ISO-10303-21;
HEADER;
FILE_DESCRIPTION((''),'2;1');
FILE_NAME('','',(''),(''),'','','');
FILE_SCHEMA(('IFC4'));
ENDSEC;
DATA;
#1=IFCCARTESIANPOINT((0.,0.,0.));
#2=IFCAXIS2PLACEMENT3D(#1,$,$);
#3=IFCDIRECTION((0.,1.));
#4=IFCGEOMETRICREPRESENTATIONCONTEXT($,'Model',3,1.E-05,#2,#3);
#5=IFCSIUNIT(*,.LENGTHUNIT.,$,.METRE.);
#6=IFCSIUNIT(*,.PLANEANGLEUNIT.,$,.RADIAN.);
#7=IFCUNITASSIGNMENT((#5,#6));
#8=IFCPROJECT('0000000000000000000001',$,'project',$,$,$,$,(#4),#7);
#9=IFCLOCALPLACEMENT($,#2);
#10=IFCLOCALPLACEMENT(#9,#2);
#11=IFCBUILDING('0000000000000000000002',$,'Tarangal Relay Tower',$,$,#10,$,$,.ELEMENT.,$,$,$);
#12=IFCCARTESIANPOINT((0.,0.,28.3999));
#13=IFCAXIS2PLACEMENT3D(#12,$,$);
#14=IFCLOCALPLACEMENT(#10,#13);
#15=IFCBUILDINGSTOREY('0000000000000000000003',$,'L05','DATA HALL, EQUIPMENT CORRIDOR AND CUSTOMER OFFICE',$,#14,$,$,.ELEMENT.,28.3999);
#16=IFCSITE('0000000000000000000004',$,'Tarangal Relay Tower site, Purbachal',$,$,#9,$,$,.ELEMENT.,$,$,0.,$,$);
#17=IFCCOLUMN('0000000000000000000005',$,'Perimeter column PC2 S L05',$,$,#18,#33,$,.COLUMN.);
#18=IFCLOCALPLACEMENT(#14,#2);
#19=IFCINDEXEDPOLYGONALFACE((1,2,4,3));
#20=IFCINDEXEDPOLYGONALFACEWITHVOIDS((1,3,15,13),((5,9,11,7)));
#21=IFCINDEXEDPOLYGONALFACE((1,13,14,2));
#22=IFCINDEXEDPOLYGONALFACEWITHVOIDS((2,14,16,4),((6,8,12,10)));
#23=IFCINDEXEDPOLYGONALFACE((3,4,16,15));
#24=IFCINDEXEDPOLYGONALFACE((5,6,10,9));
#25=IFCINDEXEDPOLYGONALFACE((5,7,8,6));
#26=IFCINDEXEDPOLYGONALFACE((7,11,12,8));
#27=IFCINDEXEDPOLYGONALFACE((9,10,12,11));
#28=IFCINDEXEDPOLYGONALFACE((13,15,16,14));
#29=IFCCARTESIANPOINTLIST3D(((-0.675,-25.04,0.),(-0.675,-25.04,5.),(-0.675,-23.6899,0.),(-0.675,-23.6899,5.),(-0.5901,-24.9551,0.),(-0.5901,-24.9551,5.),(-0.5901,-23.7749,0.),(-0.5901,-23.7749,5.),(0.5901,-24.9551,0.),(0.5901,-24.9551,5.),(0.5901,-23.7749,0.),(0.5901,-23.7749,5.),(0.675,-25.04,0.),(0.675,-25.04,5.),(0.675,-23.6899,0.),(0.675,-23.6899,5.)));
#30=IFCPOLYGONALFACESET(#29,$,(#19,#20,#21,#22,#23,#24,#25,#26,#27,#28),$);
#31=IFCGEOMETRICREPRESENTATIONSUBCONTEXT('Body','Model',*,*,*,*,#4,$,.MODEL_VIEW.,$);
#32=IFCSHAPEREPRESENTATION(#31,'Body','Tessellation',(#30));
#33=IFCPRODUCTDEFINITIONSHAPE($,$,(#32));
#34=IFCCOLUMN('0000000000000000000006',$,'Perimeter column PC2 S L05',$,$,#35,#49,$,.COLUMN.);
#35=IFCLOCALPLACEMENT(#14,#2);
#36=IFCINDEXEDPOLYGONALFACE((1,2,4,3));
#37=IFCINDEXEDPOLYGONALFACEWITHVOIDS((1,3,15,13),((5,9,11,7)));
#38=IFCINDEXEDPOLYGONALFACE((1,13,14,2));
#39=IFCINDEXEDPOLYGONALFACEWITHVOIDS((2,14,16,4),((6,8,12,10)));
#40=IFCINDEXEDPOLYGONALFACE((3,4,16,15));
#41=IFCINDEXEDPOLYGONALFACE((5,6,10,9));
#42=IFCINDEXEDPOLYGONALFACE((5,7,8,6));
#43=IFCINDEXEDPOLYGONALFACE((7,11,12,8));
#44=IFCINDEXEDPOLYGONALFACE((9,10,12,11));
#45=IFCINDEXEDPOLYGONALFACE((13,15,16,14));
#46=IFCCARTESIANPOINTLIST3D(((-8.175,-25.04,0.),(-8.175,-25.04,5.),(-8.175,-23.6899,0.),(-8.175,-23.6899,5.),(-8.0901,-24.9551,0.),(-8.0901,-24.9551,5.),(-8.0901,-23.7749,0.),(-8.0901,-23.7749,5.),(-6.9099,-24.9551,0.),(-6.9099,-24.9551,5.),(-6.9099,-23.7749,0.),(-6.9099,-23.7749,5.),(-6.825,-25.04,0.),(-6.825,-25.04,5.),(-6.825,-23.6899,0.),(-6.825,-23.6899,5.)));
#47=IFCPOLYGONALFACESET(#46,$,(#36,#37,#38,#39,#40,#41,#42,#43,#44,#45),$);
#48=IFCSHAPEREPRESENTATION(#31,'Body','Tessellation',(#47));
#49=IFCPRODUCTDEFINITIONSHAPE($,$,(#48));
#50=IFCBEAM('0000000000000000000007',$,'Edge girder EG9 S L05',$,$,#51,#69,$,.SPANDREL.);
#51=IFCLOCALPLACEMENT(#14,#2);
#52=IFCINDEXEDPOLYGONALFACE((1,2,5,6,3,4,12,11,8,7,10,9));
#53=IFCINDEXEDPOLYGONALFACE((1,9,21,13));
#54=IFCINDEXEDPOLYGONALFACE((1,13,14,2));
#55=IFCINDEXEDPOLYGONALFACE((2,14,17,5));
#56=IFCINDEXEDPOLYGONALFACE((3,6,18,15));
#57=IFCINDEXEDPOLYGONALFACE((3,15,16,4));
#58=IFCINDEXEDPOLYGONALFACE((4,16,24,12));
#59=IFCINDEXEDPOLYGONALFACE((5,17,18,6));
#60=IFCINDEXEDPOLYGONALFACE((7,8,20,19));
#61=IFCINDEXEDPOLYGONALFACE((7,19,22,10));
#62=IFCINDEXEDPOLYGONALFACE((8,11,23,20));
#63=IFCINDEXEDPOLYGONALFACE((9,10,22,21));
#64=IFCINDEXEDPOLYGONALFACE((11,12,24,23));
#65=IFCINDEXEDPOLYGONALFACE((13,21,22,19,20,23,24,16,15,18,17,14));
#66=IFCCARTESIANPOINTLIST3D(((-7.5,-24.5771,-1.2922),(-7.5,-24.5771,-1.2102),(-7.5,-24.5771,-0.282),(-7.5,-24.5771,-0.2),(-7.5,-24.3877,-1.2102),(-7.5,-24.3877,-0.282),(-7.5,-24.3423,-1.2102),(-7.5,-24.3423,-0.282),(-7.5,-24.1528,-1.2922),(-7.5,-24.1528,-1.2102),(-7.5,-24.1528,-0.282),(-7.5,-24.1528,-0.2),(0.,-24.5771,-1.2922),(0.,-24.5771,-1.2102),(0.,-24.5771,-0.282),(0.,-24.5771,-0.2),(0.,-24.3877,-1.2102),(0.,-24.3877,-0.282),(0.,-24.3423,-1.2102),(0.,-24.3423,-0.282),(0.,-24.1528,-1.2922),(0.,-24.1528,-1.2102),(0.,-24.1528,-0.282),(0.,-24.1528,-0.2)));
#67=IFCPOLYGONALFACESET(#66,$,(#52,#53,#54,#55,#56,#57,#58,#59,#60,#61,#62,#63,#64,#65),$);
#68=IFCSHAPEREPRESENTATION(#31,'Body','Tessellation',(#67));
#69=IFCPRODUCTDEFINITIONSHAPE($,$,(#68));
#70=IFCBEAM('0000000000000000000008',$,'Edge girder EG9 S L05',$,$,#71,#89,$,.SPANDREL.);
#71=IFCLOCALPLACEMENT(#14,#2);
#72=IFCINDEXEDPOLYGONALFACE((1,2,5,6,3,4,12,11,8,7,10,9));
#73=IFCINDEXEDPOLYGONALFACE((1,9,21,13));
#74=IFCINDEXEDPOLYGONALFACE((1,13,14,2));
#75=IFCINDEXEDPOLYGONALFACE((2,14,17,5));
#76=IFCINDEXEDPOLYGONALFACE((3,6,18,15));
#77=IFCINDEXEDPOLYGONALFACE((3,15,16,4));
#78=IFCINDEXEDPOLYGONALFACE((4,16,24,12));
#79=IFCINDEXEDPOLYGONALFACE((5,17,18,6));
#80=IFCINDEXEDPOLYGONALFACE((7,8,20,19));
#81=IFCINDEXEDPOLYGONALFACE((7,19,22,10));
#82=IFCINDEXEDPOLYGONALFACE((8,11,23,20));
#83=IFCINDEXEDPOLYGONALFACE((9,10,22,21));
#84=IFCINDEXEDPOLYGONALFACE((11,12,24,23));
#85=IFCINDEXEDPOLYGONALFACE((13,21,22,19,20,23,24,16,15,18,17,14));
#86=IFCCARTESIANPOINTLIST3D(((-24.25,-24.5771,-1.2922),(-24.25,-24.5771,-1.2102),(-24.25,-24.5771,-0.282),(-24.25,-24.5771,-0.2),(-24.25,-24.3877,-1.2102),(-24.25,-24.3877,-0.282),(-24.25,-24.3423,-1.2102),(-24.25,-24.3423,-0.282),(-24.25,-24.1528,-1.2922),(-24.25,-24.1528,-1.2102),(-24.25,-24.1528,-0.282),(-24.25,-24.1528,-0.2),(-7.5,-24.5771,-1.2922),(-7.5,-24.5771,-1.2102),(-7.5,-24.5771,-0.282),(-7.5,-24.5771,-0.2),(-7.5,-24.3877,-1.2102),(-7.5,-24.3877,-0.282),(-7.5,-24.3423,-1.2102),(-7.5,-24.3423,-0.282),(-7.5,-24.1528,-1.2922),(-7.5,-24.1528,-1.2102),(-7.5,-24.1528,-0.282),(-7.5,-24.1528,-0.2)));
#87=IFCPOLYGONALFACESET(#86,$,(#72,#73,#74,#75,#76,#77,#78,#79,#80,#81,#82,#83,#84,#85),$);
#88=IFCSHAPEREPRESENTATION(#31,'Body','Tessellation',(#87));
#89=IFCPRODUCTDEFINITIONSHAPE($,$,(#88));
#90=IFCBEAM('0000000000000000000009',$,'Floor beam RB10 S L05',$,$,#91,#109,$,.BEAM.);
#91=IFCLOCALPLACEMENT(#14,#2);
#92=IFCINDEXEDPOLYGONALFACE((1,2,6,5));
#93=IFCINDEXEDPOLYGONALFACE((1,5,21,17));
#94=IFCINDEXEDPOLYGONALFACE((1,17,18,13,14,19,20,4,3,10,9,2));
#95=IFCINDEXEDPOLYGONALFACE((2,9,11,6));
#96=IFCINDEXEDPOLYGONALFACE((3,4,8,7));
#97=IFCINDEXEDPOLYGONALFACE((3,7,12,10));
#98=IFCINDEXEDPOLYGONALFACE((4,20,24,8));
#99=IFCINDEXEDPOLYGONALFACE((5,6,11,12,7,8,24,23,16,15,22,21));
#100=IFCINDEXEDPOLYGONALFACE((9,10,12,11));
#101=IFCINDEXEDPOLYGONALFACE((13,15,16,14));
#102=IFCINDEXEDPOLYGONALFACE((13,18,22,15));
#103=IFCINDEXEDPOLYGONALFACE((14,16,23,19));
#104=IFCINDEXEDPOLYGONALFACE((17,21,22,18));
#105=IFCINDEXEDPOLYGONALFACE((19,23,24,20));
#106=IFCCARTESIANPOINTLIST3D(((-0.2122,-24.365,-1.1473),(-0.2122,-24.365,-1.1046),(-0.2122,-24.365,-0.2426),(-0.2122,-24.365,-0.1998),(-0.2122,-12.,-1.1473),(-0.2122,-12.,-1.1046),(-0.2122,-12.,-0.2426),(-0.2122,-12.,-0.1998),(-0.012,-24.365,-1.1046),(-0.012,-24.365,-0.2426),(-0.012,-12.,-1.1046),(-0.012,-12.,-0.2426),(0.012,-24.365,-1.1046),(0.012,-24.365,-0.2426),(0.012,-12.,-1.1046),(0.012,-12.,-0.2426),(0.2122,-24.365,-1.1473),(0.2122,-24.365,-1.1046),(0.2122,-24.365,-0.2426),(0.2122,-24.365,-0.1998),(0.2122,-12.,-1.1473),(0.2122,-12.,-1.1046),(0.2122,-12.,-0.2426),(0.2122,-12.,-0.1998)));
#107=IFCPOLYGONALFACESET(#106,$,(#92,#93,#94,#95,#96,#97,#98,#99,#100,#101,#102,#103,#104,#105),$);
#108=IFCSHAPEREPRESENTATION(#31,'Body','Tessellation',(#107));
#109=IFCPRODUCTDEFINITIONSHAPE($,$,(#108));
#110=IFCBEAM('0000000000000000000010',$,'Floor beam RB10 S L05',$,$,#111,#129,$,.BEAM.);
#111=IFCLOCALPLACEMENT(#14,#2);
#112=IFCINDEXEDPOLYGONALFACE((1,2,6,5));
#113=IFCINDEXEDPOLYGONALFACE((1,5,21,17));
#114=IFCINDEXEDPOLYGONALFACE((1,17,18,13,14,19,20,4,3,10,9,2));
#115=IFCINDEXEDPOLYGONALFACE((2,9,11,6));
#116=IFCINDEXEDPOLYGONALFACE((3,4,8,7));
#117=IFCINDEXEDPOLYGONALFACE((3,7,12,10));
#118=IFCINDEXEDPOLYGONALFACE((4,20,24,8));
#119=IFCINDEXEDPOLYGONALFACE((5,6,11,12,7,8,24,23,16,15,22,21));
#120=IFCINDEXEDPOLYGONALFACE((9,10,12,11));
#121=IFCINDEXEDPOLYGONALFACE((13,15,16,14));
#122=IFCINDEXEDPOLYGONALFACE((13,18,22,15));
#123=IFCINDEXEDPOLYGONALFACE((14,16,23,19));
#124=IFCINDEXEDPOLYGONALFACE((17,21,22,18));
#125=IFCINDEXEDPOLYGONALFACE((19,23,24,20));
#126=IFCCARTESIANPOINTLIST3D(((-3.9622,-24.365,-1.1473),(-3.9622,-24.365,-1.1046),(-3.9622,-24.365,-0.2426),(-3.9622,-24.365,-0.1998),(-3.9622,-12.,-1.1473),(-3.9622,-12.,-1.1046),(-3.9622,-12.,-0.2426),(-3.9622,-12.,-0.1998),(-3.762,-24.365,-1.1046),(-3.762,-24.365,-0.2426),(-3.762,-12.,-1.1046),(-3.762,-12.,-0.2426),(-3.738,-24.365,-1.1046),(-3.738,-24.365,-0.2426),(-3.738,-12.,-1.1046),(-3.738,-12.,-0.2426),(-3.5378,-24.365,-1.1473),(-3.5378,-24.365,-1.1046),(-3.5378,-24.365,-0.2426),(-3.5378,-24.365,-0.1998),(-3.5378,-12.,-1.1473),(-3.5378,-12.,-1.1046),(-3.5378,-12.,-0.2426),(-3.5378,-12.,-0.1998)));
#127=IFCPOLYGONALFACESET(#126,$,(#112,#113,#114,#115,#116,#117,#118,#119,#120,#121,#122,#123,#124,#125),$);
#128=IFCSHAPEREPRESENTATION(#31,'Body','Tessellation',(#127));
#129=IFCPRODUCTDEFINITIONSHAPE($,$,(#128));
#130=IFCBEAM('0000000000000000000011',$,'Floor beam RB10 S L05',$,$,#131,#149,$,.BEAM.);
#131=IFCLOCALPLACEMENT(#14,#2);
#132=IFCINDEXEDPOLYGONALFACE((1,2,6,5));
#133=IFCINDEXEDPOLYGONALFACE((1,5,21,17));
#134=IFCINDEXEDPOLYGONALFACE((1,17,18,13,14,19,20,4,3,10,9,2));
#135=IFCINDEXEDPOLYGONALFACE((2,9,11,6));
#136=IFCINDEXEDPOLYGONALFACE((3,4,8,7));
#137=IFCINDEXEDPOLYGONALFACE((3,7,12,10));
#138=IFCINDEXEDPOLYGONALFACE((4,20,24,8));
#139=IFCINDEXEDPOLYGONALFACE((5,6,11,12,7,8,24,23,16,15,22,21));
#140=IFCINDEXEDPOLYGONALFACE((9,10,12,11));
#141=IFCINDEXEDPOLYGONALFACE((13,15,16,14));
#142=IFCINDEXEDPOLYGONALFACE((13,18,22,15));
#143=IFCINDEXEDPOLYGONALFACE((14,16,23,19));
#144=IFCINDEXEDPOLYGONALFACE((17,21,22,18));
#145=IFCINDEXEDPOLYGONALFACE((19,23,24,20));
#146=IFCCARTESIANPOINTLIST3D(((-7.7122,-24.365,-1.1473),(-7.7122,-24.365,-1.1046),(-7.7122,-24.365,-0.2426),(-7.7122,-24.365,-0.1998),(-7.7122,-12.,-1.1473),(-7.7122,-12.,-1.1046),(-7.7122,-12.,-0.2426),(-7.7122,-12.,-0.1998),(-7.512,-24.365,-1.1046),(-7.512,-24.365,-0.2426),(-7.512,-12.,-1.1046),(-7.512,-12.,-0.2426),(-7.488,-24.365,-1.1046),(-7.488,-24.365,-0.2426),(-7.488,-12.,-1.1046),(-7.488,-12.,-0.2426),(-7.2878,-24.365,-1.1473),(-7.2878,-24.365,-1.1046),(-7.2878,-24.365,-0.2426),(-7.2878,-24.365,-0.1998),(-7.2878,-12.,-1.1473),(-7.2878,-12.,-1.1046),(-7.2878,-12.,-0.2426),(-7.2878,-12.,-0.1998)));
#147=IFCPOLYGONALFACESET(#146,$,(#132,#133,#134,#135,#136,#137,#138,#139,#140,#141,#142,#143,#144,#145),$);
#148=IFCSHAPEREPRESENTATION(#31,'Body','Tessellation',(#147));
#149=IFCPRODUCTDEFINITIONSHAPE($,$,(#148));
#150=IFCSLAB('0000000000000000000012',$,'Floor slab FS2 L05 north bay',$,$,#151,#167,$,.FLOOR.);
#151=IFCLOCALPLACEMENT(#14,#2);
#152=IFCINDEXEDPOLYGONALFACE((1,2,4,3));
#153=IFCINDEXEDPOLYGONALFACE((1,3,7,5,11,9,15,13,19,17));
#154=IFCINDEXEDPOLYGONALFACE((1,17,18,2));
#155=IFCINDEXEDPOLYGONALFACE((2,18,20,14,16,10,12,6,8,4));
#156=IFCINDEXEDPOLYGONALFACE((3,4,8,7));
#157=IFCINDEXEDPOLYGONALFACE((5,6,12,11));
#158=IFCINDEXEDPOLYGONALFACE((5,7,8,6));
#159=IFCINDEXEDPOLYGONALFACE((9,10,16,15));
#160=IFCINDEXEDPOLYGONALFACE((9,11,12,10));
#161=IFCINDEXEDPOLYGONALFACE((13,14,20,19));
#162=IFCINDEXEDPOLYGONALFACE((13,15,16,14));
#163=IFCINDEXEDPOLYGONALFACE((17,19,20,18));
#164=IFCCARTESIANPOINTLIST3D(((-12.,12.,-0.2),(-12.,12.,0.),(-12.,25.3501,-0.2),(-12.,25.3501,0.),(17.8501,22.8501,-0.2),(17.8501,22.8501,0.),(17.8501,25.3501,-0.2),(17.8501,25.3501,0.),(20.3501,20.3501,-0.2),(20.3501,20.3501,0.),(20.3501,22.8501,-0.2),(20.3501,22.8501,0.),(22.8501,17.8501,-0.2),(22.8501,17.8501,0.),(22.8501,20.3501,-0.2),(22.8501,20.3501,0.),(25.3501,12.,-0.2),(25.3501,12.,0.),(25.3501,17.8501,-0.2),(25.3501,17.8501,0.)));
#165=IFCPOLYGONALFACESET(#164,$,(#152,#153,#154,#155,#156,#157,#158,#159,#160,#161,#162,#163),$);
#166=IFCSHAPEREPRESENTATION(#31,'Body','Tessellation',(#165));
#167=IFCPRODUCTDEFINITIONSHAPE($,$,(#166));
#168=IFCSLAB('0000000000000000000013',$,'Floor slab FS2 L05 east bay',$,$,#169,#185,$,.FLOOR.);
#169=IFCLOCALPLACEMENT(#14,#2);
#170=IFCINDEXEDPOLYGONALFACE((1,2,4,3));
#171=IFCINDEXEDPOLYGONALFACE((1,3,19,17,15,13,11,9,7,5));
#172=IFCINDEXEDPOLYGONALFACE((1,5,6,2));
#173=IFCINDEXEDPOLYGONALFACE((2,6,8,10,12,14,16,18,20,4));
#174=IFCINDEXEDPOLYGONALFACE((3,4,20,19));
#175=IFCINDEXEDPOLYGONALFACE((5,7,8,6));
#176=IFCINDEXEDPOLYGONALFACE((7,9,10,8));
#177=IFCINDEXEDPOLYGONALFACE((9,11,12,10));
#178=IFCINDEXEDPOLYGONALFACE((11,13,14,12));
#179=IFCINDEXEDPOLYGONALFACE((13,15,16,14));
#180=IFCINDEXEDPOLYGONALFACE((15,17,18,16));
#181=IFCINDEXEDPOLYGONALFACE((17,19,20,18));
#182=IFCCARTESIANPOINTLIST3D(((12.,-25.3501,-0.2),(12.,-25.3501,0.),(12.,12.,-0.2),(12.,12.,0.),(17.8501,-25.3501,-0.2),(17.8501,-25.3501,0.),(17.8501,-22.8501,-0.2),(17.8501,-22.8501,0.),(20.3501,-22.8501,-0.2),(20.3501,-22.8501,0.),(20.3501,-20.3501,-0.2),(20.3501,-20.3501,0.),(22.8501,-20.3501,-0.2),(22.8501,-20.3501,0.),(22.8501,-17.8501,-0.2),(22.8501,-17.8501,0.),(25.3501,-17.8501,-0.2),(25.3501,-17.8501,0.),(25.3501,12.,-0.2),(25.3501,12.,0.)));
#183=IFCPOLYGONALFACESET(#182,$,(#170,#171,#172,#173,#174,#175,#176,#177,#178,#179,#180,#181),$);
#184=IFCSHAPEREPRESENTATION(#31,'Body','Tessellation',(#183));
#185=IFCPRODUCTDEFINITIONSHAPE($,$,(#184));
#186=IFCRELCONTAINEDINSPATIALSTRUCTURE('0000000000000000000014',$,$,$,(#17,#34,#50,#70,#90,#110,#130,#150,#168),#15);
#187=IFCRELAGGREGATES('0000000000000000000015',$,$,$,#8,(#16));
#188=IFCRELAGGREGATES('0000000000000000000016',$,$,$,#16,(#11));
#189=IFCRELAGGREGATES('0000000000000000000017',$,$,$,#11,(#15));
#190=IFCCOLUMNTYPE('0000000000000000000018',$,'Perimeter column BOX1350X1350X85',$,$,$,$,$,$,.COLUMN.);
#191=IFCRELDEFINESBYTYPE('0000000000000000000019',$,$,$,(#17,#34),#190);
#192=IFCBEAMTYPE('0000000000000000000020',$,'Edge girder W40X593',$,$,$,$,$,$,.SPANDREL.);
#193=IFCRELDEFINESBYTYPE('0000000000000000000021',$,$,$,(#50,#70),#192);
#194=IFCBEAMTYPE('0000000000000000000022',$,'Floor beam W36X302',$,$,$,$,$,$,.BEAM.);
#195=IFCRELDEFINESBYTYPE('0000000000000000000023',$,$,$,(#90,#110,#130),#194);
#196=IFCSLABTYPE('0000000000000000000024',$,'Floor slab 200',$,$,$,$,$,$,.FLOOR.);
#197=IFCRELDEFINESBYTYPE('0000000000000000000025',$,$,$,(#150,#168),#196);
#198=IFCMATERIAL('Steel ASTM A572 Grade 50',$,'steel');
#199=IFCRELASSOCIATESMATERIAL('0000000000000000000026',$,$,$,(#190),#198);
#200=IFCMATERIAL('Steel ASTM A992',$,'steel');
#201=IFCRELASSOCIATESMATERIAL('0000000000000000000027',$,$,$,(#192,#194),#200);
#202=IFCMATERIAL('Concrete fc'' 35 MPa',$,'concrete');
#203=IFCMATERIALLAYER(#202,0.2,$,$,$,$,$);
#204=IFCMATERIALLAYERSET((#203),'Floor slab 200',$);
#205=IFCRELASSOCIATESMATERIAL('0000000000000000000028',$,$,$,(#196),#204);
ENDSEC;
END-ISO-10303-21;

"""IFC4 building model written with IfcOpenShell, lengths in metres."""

from ifc_helpers import new_model, si_unit, direction, frame, origin, origin_2d, place, context, subcontext, project, spatial, polyline, hollow_rectangle, i_section, outline, extrude, material, layer, layer_set, material_profile, profile_set, type_object, element, save


model = new_model("IFC4")

# Units and contexts
model_context = context("Model", 3, precision=1e-05, world=origin(), true_north=direction((0.0, 1.0)))
body_context = subcontext(model_context, "Body", "Model", "MODEL_VIEW")
ifc_project = project(units=[si_unit("LENGTHUNIT", "METRE"), si_unit("PLANEANGLEUNIT", "RADIAN")], contexts=[model_context])

# Site, building, storey
site_placement = place(None, origin())
site = spatial("IfcSite", under=ifc_project, at=site_placement, Name="Tarangal Relay Tower site, Purbachal", CompositionType="ELEMENT", RefElevation=0.0)
building_placement = place(site_placement, origin())
building = spatial("IfcBuilding", under=site, at=building_placement, Name="Tarangal Relay Tower", CompositionType="ELEMENT")
storey_placement = place(building_placement, frame((0.0, 0.0, 28.3999)))
storey = spatial("IfcBuildingStorey", under=building, at=storey_placement, Name="L05", Description="DATA HALL, EQUIPMENT CORRIDOR AND CUSTOMER OFFICE", CompositionType="ELEMENT", Elevation=28.3999)

# Columns
ifc_material_1 = material(Name="Steel ASTM A572 Grade 50", Category="steel")
ifc_material_profile_1 = material_profile(ifc_material_1, hollow_rectangle(XDim=1.3501, YDim=1.3501, WallThickness=0.085, at=origin_2d()), Name="BOX1350X1350X85")
ifc_profile_set_1 = profile_set([ifc_material_profile_1], Name="Steel ASTM A572 Grade 50")
column_type = type_object("IfcColumnType", Name="Perimeter column BOX1350X1350X85", PredefinedType="COLUMN", material=ifc_profile_set_1)
for number, where, z_axis, x_axis, name in (
    (1, (0.0, -24.365, 0.0), (0.0, 0.0, 1.0), (1.0, 0.0, 0.0), "Perimeter column PC2 S L05"),
    (2, (-7.5, -24.365, 0.0), (0.0, 0.0, 1.0), (1.0, 0.0, 0.0), "Perimeter column PC2 S L05"),
):
    element("IfcColumn", number, at=place(storey_placement, frame(where, z_axis=z_axis, x_axis=x_axis)), inside=storey, type_object=column_type, Name=name, PredefinedType="COLUMN", context=body_context, shape_type="SweptSolid", body=[
        extrude(hollow_rectangle(XDim=1.3501, YDim=1.3501, WallThickness=0.085, at=origin_2d()), origin(), (0.0, 0.0, 1.0), 5.0),
    ])

# Beams
ifc_material_2 = material(Name="Steel ASTM A992", Category="steel")
ifc_material_profile_2 = material_profile(ifc_material_2, i_section(OverallWidth=0.4243, OverallDepth=1.0923, WebThickness=0.0454, FlangeThickness=0.082, at=origin_2d()), Name="W40X593")
ifc_profile_set_2 = profile_set([ifc_material_profile_2], Name="Steel ASTM A992")
beam_type_1 = type_object("IfcBeamType", Name="Edge girder W40X593", PredefinedType="SPANDREL", material=ifc_profile_set_2)
beam_1_placement = place(storey_placement, frame((0.0, -24.365, -0.7461), z_axis=(-1.0, 0.0, 0.0), x_axis=(0.0, -1.0, 0.0)))
element("IfcBeam", 3, at=beam_1_placement, inside=storey, type_object=beam_type_1, Name="Edge girder EG9 S L05", PredefinedType="SPANDREL", context=body_context, shape_type="SweptSolid", body=[
    extrude(i_section(OverallWidth=0.4243, OverallDepth=1.0923, WebThickness=0.0454, FlangeThickness=0.082, at=origin_2d()), origin(), (0.0, 0.0, 1.0), 7.5),
])
beam_2_placement = place(storey_placement, frame((-7.5, -24.365, -0.7461), z_axis=(-1.0, 0.0, 0.0), x_axis=(0.0, -1.0, 0.0)))
element("IfcBeam", 4, at=beam_2_placement, inside=storey, type_object=beam_type_1, Name="Edge girder EG9 S L05", PredefinedType="SPANDREL", context=body_context, shape_type="SweptSolid", body=[
    extrude(i_section(OverallWidth=0.4243, OverallDepth=1.0923, WebThickness=0.0454, FlangeThickness=0.082, at=origin_2d()), origin(), (0.0, 0.0, 1.0), 16.75),
])
ifc_material_profile_3 = material_profile(ifc_material_2, i_section(OverallWidth=0.4243, OverallDepth=0.9475, WebThickness=0.0239, FlangeThickness=0.0427, at=origin_2d()), Name="W36X302")
ifc_profile_set_3 = profile_set([ifc_material_profile_3], Name="Steel ASTM A992")
beam_type_2 = type_object("IfcBeamType", Name="Floor beam W36X302", PredefinedType="BEAM", material=ifc_profile_set_3)
for number, where, z_axis, x_axis, name in (
    (5, (0.0, -12.0, -0.6736), (0.0, -1.0, 0.0), (1.0, 0.0, 0.0), "Floor beam RB10 S L05"),
    (6, (-3.75, -12.0, -0.6736), (0.0, -1.0, 0.0), (1.0, 0.0, 0.0), "Floor beam RB10 S L05"),
    (7, (-7.5, -12.0, -0.6736), (0.0, -1.0, 0.0), (1.0, 0.0, 0.0), "Floor beam RB10 S L05"),
):
    element("IfcBeam", number, at=place(storey_placement, frame(where, z_axis=z_axis, x_axis=x_axis)), inside=storey, type_object=beam_type_2, Name=name, PredefinedType="BEAM", context=body_context, shape_type="SweptSolid", body=[
        extrude(i_section(OverallWidth=0.4243, OverallDepth=0.9475, WebThickness=0.0239, FlangeThickness=0.0427, at=origin_2d()), origin(), (0.0, 0.0, 1.0), 12.365),
    ])

# Slabs
ifc_material_3 = material(Name="Concrete fc' 35 MPa", Category="concrete")
ifc_layer_1 = layer(ifc_material_3, 0.2)
ifc_layer_set_1 = layer_set([ifc_layer_1], Name="Floor slab 200")
slab_type = type_object("IfcSlabType", Name="Floor slab 200", PredefinedType="FLOOR", material=ifc_layer_set_1)
slab_1_placement = place(storey_placement, frame((0.0, 0.0, -0.2)))
element("IfcSlab", 8, at=slab_1_placement, inside=storey, type_object=slab_type, Name="Floor slab FS2 L05 north bay", PredefinedType="FLOOR", context=body_context, shape_type="SweptSolid", body=[
    extrude(outline(polyline([(17.8501, 25.3501), (17.8501, 22.8501), (20.3501, 22.8501), (20.3501, 20.3501), (22.8501, 20.3501), (22.8501, 17.8501), (25.3501, 17.8501), (25.3501, 12.0), (-12.0, 12.0), (-12.0, 25.3501), (17.8501, 25.3501)])), origin(), (0.0, 0.0, 1.0), 0.2),
])
slab_2_placement = place(storey_placement, frame((0.0, 0.0, -0.2)))
element("IfcSlab", 9, at=slab_2_placement, inside=storey, type_object=slab_type, Name="Floor slab FS2 L05 east bay", PredefinedType="FLOOR", context=body_context, shape_type="SweptSolid", body=[
    extrude(outline(polyline([(25.3501, -17.8501), (22.8501, -17.8501), (22.8501, -20.3501), (20.3501, -20.3501), (20.3501, -22.8501), (17.8501, -22.8501), (17.8501, -25.3501), (12.0, -25.3501), (12.0, 12.0), (25.3501, 12.0), (25.3501, -17.8501)])), origin(), (0.0, 0.0, 1.0), 0.2),
])

save(model, "model.ifc")
